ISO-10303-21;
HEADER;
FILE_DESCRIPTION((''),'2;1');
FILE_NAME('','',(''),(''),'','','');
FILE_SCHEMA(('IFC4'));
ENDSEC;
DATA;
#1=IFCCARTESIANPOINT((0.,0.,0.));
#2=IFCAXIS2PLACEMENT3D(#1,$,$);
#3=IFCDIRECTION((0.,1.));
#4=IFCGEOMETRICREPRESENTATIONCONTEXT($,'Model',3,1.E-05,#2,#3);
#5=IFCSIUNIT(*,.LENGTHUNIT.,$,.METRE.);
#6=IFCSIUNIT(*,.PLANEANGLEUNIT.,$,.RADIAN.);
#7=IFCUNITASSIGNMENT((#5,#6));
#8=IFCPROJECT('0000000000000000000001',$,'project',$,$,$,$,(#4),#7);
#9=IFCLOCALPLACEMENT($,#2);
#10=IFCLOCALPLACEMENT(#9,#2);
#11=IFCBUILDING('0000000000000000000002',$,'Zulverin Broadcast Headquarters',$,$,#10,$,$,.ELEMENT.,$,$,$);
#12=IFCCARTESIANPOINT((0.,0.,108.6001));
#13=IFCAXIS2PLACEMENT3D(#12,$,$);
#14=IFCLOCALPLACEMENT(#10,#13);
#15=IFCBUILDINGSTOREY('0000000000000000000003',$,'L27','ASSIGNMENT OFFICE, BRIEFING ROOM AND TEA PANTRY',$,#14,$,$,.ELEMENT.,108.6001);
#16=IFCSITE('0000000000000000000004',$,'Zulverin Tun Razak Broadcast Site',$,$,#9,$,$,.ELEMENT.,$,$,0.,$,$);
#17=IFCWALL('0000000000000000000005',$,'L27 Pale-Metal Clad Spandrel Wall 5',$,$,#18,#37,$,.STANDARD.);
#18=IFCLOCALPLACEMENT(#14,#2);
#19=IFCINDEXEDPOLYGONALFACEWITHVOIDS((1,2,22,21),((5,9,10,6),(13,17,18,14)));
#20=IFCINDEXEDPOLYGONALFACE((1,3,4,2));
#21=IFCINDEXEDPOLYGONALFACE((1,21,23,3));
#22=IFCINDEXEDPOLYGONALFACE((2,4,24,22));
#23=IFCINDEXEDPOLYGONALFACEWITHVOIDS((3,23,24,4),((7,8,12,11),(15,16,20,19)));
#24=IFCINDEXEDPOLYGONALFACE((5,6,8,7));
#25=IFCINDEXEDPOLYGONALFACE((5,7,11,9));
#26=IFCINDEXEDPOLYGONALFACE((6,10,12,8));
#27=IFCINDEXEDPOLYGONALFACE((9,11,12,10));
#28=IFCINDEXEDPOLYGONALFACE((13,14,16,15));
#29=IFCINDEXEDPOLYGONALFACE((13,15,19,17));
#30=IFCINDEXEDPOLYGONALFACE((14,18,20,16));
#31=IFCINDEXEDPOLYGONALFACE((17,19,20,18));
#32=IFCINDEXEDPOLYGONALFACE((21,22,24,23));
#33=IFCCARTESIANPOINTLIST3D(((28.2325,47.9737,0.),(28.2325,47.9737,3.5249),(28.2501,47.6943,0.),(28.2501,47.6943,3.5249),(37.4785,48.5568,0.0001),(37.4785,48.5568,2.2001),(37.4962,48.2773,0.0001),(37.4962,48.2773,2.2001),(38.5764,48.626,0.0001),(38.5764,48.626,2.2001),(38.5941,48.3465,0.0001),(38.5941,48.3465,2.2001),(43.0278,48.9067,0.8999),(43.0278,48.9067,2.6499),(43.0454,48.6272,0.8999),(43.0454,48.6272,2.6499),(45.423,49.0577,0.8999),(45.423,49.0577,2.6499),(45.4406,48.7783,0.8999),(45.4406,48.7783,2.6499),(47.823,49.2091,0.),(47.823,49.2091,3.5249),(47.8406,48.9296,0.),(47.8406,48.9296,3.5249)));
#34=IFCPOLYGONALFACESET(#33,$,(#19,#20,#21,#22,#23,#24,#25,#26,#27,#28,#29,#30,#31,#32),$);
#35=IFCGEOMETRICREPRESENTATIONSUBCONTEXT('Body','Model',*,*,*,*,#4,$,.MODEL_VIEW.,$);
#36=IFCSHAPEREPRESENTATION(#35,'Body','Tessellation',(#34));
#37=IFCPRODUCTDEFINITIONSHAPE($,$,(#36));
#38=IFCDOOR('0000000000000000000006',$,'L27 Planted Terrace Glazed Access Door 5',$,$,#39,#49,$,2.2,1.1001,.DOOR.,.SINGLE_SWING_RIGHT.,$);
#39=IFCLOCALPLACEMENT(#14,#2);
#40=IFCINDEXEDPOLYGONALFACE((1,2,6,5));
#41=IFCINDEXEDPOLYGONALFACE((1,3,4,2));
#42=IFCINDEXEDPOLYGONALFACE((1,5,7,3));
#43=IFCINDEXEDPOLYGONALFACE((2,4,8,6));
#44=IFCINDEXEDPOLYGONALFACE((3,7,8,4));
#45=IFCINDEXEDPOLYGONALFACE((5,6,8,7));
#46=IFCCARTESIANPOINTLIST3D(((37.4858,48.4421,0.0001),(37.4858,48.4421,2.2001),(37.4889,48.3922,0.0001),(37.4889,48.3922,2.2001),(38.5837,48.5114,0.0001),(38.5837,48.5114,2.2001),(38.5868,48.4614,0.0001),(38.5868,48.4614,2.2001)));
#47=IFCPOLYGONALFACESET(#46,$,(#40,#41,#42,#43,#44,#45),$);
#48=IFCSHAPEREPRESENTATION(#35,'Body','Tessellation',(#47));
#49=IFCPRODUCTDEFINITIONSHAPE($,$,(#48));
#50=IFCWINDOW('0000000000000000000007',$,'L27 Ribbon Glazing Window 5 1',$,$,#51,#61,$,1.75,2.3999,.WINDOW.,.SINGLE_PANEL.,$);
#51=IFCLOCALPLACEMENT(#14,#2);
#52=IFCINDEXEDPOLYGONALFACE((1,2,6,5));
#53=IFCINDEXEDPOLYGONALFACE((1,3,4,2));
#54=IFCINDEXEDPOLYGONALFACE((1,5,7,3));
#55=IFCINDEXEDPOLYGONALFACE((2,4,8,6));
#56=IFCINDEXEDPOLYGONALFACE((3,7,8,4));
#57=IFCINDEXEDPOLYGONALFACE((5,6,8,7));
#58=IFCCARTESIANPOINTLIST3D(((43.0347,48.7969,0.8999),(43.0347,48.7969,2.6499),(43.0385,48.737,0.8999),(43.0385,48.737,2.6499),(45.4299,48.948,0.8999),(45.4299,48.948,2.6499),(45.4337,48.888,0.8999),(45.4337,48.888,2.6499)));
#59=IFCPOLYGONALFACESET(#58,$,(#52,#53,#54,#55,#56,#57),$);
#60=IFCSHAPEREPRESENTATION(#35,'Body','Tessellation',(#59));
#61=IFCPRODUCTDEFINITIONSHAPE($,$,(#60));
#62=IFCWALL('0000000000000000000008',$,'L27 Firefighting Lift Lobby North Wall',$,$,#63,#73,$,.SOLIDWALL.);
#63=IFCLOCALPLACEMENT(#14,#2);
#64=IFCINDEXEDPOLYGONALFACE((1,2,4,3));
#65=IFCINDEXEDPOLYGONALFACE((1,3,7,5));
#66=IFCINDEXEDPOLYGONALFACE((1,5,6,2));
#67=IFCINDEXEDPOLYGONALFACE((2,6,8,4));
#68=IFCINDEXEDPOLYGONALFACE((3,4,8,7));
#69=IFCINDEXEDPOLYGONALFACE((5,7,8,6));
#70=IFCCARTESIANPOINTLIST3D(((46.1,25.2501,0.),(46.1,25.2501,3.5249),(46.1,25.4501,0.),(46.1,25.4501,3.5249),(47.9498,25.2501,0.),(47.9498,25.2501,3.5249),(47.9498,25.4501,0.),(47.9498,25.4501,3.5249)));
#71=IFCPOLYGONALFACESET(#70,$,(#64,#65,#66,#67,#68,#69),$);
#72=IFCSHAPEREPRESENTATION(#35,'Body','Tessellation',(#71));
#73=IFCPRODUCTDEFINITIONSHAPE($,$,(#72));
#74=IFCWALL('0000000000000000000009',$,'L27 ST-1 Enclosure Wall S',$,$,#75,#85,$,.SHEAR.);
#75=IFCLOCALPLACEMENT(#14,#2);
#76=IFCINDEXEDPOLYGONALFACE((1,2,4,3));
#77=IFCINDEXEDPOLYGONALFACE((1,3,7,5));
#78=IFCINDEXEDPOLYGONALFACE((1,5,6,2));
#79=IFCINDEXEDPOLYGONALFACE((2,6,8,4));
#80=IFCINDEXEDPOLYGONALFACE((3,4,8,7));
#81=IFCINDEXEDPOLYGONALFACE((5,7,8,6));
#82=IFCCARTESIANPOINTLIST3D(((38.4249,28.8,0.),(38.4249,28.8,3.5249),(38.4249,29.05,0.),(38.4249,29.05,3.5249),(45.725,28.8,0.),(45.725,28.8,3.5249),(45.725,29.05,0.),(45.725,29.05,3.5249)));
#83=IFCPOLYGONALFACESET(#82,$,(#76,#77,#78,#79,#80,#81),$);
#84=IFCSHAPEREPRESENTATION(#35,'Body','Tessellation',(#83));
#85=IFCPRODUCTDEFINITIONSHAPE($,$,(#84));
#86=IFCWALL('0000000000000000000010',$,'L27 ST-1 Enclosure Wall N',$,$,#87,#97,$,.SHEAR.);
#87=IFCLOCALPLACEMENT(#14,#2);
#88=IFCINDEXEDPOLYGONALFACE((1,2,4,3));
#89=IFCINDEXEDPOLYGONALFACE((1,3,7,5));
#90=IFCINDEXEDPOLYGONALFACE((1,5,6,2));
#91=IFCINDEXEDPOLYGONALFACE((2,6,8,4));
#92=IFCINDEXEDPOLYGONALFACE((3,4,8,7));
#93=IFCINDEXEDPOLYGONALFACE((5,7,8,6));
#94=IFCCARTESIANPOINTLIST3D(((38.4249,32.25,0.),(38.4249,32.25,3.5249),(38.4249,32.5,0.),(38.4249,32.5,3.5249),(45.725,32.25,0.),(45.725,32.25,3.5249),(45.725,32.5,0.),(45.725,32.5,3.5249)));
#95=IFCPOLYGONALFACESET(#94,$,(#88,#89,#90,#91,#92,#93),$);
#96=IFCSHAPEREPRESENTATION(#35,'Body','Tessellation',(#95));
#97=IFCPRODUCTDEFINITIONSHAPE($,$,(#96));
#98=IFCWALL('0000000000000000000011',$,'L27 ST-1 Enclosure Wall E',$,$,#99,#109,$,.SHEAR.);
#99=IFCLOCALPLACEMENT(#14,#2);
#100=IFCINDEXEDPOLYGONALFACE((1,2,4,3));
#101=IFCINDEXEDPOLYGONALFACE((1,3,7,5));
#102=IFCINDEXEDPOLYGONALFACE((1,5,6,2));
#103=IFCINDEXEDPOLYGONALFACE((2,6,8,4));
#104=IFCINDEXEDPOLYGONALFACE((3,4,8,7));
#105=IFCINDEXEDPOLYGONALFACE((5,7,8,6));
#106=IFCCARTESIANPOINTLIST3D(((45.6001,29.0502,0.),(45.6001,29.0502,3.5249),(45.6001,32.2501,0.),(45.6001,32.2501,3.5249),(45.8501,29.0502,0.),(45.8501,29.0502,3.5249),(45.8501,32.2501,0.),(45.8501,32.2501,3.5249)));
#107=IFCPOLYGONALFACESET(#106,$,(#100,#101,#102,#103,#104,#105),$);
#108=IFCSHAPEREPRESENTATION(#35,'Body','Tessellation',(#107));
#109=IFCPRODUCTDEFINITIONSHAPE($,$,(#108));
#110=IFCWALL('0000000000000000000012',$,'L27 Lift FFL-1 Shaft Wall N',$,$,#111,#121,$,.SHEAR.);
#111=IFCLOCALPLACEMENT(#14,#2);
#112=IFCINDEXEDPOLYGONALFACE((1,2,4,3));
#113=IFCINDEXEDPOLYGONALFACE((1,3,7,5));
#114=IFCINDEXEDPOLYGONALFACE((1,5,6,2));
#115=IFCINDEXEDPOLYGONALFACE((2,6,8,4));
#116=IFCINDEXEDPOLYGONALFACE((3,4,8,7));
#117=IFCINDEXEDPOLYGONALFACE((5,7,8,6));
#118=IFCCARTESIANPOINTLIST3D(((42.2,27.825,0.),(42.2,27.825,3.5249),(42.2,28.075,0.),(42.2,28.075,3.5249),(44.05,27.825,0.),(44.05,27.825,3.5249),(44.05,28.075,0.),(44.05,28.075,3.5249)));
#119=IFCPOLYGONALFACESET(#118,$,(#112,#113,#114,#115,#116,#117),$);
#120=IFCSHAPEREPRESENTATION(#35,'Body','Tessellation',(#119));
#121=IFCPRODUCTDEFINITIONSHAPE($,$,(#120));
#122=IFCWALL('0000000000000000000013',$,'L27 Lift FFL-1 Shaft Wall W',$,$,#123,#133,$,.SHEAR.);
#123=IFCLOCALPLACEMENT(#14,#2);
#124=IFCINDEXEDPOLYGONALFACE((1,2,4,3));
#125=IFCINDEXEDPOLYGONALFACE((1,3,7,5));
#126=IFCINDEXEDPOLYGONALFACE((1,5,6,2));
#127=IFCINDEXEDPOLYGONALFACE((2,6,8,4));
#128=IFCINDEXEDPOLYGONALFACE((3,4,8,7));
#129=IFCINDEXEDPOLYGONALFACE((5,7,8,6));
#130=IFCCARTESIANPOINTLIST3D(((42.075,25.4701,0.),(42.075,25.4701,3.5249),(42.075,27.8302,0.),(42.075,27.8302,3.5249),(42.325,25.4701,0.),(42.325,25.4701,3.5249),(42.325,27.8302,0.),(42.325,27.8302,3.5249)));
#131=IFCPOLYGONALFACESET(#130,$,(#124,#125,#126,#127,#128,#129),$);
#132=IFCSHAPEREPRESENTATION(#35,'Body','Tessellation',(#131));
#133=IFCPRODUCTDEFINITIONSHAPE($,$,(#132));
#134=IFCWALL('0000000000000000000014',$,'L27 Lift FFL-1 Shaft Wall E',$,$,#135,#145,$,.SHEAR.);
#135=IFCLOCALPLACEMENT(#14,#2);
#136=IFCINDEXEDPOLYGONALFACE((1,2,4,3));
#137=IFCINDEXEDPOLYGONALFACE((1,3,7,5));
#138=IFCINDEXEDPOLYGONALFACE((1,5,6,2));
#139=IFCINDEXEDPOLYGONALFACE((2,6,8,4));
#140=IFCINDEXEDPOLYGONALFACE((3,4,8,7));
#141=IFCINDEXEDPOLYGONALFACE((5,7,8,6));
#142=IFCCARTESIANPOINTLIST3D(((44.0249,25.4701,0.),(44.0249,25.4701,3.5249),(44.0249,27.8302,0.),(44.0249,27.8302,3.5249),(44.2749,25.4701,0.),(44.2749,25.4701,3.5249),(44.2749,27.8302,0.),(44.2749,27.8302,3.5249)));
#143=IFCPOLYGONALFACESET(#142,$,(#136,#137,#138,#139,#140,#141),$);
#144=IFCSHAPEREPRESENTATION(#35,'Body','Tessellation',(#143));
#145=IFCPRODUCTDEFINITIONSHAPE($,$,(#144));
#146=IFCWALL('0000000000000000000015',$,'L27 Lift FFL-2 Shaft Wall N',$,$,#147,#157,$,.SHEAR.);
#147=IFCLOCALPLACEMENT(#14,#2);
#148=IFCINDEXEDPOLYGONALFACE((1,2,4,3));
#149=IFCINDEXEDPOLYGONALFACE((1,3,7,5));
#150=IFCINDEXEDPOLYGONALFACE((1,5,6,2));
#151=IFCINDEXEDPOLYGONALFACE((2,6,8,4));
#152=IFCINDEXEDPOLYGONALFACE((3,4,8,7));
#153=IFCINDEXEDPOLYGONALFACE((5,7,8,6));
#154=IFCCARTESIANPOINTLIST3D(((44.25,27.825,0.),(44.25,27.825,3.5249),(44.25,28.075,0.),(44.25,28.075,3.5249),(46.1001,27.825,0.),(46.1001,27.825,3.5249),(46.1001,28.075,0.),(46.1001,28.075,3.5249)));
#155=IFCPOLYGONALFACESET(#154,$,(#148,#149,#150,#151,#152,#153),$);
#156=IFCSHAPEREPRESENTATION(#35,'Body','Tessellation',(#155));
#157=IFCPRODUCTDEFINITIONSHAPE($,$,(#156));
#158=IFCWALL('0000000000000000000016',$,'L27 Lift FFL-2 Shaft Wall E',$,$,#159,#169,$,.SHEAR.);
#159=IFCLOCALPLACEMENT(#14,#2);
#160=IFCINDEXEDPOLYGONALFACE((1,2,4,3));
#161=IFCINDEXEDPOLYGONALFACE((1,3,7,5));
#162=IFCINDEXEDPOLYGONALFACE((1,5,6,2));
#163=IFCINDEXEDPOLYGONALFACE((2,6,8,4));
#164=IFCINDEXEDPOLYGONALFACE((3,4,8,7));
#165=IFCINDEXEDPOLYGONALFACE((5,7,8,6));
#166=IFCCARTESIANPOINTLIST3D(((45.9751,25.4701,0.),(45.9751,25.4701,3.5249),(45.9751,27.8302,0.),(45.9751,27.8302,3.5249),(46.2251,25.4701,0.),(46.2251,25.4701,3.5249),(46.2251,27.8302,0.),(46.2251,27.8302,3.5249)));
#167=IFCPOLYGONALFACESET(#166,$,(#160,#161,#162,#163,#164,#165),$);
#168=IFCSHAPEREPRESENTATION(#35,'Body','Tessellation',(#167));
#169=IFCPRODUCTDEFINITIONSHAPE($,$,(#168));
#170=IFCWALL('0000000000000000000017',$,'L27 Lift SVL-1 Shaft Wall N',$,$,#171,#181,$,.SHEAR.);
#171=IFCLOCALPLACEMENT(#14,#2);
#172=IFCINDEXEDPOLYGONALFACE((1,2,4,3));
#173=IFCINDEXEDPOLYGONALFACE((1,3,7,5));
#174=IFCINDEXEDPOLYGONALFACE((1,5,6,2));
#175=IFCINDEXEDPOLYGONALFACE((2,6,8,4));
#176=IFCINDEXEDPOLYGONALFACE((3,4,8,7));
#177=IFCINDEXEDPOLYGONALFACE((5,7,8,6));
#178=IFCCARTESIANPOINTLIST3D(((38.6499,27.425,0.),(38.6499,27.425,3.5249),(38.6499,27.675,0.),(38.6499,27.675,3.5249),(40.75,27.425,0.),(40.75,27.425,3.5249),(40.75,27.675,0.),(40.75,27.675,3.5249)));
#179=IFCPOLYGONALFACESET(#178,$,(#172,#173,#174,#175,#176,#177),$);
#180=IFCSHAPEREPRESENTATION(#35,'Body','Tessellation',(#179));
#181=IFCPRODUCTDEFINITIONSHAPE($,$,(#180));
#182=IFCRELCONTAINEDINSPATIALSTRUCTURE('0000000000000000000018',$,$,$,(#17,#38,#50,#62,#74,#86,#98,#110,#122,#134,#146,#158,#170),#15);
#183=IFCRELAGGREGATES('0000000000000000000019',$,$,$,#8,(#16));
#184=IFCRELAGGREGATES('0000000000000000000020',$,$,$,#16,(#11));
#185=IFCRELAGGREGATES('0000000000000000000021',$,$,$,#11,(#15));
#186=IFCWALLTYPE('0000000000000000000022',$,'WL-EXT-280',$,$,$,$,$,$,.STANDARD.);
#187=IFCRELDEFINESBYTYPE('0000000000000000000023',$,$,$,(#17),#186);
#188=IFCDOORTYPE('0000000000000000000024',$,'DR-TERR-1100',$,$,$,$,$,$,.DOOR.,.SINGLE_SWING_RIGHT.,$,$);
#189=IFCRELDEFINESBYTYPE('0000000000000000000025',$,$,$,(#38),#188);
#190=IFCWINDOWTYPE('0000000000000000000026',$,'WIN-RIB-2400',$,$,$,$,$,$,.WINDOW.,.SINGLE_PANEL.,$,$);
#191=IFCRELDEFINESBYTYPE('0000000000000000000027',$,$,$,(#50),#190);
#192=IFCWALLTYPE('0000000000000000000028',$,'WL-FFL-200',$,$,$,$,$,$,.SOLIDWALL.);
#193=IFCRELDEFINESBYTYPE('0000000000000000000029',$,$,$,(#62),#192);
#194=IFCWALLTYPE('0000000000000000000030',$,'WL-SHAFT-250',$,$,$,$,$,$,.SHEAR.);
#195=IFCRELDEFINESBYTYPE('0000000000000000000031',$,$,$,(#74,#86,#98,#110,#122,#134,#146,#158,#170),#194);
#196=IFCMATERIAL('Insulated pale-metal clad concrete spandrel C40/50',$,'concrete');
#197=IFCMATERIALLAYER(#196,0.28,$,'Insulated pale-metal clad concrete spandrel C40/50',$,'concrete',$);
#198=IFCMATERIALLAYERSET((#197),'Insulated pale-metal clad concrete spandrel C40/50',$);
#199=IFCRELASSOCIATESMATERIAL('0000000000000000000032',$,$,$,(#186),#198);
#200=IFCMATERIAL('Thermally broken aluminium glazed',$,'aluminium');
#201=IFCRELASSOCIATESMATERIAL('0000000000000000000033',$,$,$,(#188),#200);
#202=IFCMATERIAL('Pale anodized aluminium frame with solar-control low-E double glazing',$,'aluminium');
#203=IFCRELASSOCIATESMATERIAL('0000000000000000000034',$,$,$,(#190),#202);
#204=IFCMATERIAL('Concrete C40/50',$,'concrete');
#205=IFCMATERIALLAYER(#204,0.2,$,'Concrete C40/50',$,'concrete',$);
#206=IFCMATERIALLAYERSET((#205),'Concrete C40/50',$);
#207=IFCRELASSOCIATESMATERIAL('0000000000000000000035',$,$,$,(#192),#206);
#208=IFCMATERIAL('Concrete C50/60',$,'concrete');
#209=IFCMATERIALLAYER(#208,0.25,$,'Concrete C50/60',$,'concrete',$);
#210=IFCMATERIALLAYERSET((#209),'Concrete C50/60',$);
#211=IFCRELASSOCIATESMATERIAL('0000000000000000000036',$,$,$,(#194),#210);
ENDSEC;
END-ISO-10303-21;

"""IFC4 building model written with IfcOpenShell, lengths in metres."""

from ifc_helpers import new_model, si_unit, direction, frame, frame_2d, origin, place, context, subcontext, project, spatial, rectangle, extrude, material, layer, layer_set, type_object, element, fill, save


model = new_model("IFC4")

# Units and contexts
model_context = context("Model", 3, precision=1e-05, world=origin(), true_north=direction((0.0, 1.0)))
body_context = subcontext(model_context, "Body", "Model", "MODEL_VIEW")
ifc_project = project(units=[si_unit("LENGTHUNIT", "METRE"), si_unit("PLANEANGLEUNIT", "RADIAN")], contexts=[model_context])

# Site, building, storey
site_placement = place(None, origin())
site = spatial("IfcSite", under=ifc_project, at=site_placement, Name="Zulverin Tun Razak Broadcast Site", CompositionType="ELEMENT", RefElevation=0.0)
building_placement = place(site_placement, origin())
building = spatial("IfcBuilding", under=site, at=building_placement, Name="Zulverin Broadcast Headquarters", CompositionType="ELEMENT")
storey_placement = place(building_placement, frame((0.0, 0.0, 108.6001)))
storey = spatial("IfcBuildingStorey", under=building, at=storey_placement, Name="L27", Description="ASSIGNMENT OFFICE, BRIEFING ROOM AND TEA PANTRY", CompositionType="ELEMENT", Elevation=108.6001)

# Shared definitions
ifc_material_1 = material(Name="Concrete C40/50", Category="concrete")

# Wall, openings, door, window
ifc_material_2 = material(Name="Insulated pale-metal clad concrete spandrel C40/50", Category="concrete")
ifc_layer_1 = layer(ifc_material_2, 0.28, Name="Insulated pale-metal clad concrete spandrel C40/50", Category="concrete")
ifc_layer_set_1 = layer_set([ifc_layer_1], Name="Insulated pale-metal clad concrete spandrel C40/50")
wall_type_1 = type_object("IfcWallType", Name="WL-EXT-280", PredefinedType="STANDARD", material=ifc_layer_set_1)
wall_1_placement = place(storey_placement, frame((47.8318, 49.0693, 0.0), z_axis=(0.0, 0.0, 1.0), x_axis=(-0.998018, -0.062933, 0.0)))
wall_1 = element("IfcWall", 1, at=wall_1_placement, inside=storey, type_object=wall_type_1, Name="L27 Pale-Metal Clad Spandrel Wall 5", PredefinedType="STANDARD", context=body_context, shape_type="SweptSolid", body=[
    extrude(rectangle(XDim=19.6294, YDim=0.28, at=frame_2d((9.8147, 0.0))), origin(), (0.0, 0.0, 1.0), 3.5249),
])
opening_1_placement = place(wall_1_placement, frame((9.2649, 0.0, 0.0)))
opening_1 = element("IfcOpeningElement", 2, at=opening_1_placement, cuts=wall_1, PredefinedType="OPENING", context=body_context, shape_type="SweptSolid", body=[
    extrude(rectangle(XDim=1.1001, YDim=2.2, at=frame_2d((0.55, 1.1001))), frame((0.0, 0.1499, 0.0), z_axis=(0.0, -1.0, 0.0), x_axis=(1.0, 0.0, 0.0)), (0.0, 0.0, 1.0), 0.3),
])
opening_2_placement = place(wall_1_placement, frame((2.4048, 0.0, 0.8999)))
opening_2 = element("IfcOpeningElement", 3, at=opening_2_placement, cuts=wall_1, PredefinedType="OPENING", context=body_context, shape_type="SweptSolid", body=[
    extrude(rectangle(XDim=2.3999, YDim=1.75, at=frame_2d((1.2, 0.875))), frame((0.0, 0.1499, 0.0), z_axis=(0.0, -1.0, 0.0), x_axis=(1.0, 0.0, 0.0)), (0.0, 0.0, 1.0), 0.3),
])
ifc_material_3 = material(Name="Thermally broken aluminium glazed", Category="aluminium")
door_type_1 = type_object("IfcDoorType", Name="DR-TERR-1100", OperationType="SINGLE_SWING_RIGHT", PredefinedType="DOOR", material=ifc_material_3)
door_1_placement = place(opening_1_placement, origin())
door_1 = element("IfcDoor", 4, at=door_1_placement, inside=storey, type_object=door_type_1, Name="L27 Planted Terrace Glazed Access Door 5", OperationType="SINGLE_SWING_RIGHT", OverallHeight=2.2, OverallWidth=1.1001, PredefinedType="DOOR", context=body_context, shape_type="SweptSolid", body=[
    extrude(rectangle(XDim=1.1001, YDim=2.2, at=frame_2d((0.55, 1.1001))), frame((0.0, 0.0249, 0.0), z_axis=(0.0, -1.0, 0.0), x_axis=(1.0, 0.0, 0.0)), (0.0, 0.0, 1.0), 0.05),
])
fill(opening_1, door_1)
ifc_material_4 = material(Name="Pale anodized aluminium frame with solar-control low-E double glazing", Category="aluminium")
window_type = type_object("IfcWindowType", Name="WIN-RIB-2400", PartitioningType="SINGLE_PANEL", PredefinedType="WINDOW", material=ifc_material_4)
window_placement = place(opening_2_placement, origin())
window = element("IfcWindow", 5, at=window_placement, inside=storey, type_object=window_type, Name="L27 Ribbon Glazing Window 5 1", OverallHeight=1.75, OverallWidth=2.3999, PartitioningType="SINGLE_PANEL", PredefinedType="WINDOW", context=body_context, shape_type="SweptSolid", body=[
    extrude(rectangle(XDim=2.3999, YDim=1.75, at=frame_2d((1.2, 0.875))), frame((0.0, 0.03, 0.0), z_axis=(0.0, -1.0, 0.0), x_axis=(1.0, 0.0, 0.0)), (0.0, 0.0, 1.0), 0.0601),
])
fill(opening_2, window)

# Walls
ifc_layer_2 = layer(ifc_material_1, 0.2, Name="Concrete C40/50", Category="concrete")
ifc_layer_set_2 = layer_set([ifc_layer_2], Name="Concrete C40/50")
wall_type_2 = type_object("IfcWallType", Name="WL-FFL-200", PredefinedType="SOLIDWALL", material=ifc_layer_set_2)
wall_2_placement = place(storey_placement, frame((46.1001, 25.3501, 0.0), z_axis=(0.0, 0.0, 1.0), x_axis=(1.0, 0.0, 0.0)))
element("IfcWall", 6, at=wall_2_placement, inside=storey, type_object=wall_type_2, Name="L27 Firefighting Lift Lobby North Wall", PredefinedType="SOLIDWALL", context=body_context, shape_type="SweptSolid", body=[
    extrude(rectangle(XDim=1.8499, YDim=0.2, at=frame_2d((0.9248, 0.0))), origin(), (0.0, 0.0, 1.0), 3.5249),
])
ifc_material_5 = material(Name="Concrete C50/60", Category="concrete")
ifc_layer_3 = layer(ifc_material_5, 0.25, Name="Concrete C50/60", Category="concrete")
ifc_layer_set_3 = layer_set([ifc_layer_3], Name="Concrete C50/60")
wall_type_3 = type_object("IfcWallType", Name="WL-SHAFT-250", PredefinedType="SHEAR", material=ifc_layer_set_3)
for number, where, z_axis, x_axis, name in (
    (7, (38.425, 28.925, 0.0), (0.0, 0.0, 1.0), (1.0, 0.0, 0.0), "L27 ST-1 Enclosure Wall S"),
    (8, (38.425, 32.375, 0.0), (0.0, 0.0, 1.0), (1.0, 0.0, 0.0), "L27 ST-1 Enclosure Wall N"),
):
    element("IfcWall", number, at=place(storey_placement, frame(where, z_axis=z_axis, x_axis=x_axis)), inside=storey, type_object=wall_type_3, Name=name, PredefinedType="SHEAR", context=body_context, shape_type="SweptSolid", body=[
        extrude(rectangle(XDim=7.3, YDim=0.25, at=frame_2d((3.6499, 0.0))), origin(), (0.0, 0.0, 1.0), 3.5249),
    ])

# Walls
wall_3_placement = place(storey_placement, frame((45.7251, 29.05, 0.0), z_axis=(0.0, 0.0, 1.0), x_axis=(0.0, 1.0, 0.0)))
element("IfcWall", 9, at=wall_3_placement, inside=storey, type_object=wall_type_3, Name="L27 ST-1 Enclosure Wall E", PredefinedType="SHEAR", context=body_context, shape_type="SweptSolid", body=[
    extrude(rectangle(XDim=3.2, YDim=0.25, at=frame_2d((1.6001, 0.0))), origin(), (0.0, 0.0, 1.0), 3.5249),
])
wall_4_placement = place(storey_placement, frame((42.2, 27.95, 0.0), z_axis=(0.0, 0.0, 1.0), x_axis=(1.0, 0.0, 0.0)))
element("IfcWall", 10, at=wall_4_placement, inside=storey, type_object=wall_type_3, Name="L27 Lift FFL-1 Shaft Wall N", PredefinedType="SHEAR", context=body_context, shape_type="SweptSolid", body=[
    extrude(rectangle(XDim=1.8501, YDim=0.25, at=frame_2d((0.925, 0.0))), origin(), (0.0, 0.0, 1.0), 3.5249),
])
for number, where, z_axis, x_axis, name in (
    (11, (42.2, 25.47, 0.0), (0.0, 0.0, 1.0), (0.0, 1.0, 0.0), "L27 Lift FFL-1 Shaft Wall W"),
    (12, (44.1499, 25.47, 0.0), (0.0, 0.0, 1.0), (0.0, 1.0, 0.0), "L27 Lift FFL-1 Shaft Wall E"),
):
    element("IfcWall", number, at=place(storey_placement, frame(where, z_axis=z_axis, x_axis=x_axis)), inside=storey, type_object=wall_type_3, Name=name, PredefinedType="SHEAR", context=body_context, shape_type="SweptSolid", body=[
        extrude(rectangle(XDim=2.3601, YDim=0.25, at=frame_2d((1.1802, 0.0))), origin(), (0.0, 0.0, 1.0), 3.5249),
    ])
wall_5_placement = place(storey_placement, frame((44.25, 27.95, 0.0), z_axis=(0.0, 0.0, 1.0), x_axis=(1.0, 0.0, 0.0)))
element("IfcWall", 13, at=wall_5_placement, inside=storey, type_object=wall_type_3, Name="L27 Lift FFL-2 Shaft Wall N", PredefinedType="SHEAR", context=body_context, shape_type="SweptSolid", body=[
    extrude(rectangle(XDim=1.8501, YDim=0.25, at=frame_2d((0.925, 0.0))), origin(), (0.0, 0.0, 1.0), 3.5249),
])
wall_6_placement = place(storey_placement, frame((46.1001, 25.47, 0.0), z_axis=(0.0, 0.0, 1.0), x_axis=(0.0, 1.0, 0.0)))
element("IfcWall", 14, at=wall_6_placement, inside=storey, type_object=wall_type_3, Name="L27 Lift FFL-2 Shaft Wall E", PredefinedType="SHEAR", context=body_context, shape_type="SweptSolid", body=[
    extrude(rectangle(XDim=2.3601, YDim=0.25, at=frame_2d((1.1802, 0.0))), origin(), (0.0, 0.0, 1.0), 3.5249),
])
wall_7_placement = place(storey_placement, frame((38.6499, 27.55, 0.0), z_axis=(0.0, 0.0, 1.0), x_axis=(1.0, 0.0, 0.0)))
element("IfcWall", 15, at=wall_7_placement, inside=storey, type_object=wall_type_3, Name="L27 Lift SVL-1 Shaft Wall N", PredefinedType="SHEAR", context=body_context, shape_type="SweptSolid", body=[
    extrude(rectangle(XDim=2.1001, YDim=0.25, at=frame_2d((1.05, 0.0))), origin(), (0.0, 0.0, 1.0), 3.5249),
])

save(model, "model.ifc")
